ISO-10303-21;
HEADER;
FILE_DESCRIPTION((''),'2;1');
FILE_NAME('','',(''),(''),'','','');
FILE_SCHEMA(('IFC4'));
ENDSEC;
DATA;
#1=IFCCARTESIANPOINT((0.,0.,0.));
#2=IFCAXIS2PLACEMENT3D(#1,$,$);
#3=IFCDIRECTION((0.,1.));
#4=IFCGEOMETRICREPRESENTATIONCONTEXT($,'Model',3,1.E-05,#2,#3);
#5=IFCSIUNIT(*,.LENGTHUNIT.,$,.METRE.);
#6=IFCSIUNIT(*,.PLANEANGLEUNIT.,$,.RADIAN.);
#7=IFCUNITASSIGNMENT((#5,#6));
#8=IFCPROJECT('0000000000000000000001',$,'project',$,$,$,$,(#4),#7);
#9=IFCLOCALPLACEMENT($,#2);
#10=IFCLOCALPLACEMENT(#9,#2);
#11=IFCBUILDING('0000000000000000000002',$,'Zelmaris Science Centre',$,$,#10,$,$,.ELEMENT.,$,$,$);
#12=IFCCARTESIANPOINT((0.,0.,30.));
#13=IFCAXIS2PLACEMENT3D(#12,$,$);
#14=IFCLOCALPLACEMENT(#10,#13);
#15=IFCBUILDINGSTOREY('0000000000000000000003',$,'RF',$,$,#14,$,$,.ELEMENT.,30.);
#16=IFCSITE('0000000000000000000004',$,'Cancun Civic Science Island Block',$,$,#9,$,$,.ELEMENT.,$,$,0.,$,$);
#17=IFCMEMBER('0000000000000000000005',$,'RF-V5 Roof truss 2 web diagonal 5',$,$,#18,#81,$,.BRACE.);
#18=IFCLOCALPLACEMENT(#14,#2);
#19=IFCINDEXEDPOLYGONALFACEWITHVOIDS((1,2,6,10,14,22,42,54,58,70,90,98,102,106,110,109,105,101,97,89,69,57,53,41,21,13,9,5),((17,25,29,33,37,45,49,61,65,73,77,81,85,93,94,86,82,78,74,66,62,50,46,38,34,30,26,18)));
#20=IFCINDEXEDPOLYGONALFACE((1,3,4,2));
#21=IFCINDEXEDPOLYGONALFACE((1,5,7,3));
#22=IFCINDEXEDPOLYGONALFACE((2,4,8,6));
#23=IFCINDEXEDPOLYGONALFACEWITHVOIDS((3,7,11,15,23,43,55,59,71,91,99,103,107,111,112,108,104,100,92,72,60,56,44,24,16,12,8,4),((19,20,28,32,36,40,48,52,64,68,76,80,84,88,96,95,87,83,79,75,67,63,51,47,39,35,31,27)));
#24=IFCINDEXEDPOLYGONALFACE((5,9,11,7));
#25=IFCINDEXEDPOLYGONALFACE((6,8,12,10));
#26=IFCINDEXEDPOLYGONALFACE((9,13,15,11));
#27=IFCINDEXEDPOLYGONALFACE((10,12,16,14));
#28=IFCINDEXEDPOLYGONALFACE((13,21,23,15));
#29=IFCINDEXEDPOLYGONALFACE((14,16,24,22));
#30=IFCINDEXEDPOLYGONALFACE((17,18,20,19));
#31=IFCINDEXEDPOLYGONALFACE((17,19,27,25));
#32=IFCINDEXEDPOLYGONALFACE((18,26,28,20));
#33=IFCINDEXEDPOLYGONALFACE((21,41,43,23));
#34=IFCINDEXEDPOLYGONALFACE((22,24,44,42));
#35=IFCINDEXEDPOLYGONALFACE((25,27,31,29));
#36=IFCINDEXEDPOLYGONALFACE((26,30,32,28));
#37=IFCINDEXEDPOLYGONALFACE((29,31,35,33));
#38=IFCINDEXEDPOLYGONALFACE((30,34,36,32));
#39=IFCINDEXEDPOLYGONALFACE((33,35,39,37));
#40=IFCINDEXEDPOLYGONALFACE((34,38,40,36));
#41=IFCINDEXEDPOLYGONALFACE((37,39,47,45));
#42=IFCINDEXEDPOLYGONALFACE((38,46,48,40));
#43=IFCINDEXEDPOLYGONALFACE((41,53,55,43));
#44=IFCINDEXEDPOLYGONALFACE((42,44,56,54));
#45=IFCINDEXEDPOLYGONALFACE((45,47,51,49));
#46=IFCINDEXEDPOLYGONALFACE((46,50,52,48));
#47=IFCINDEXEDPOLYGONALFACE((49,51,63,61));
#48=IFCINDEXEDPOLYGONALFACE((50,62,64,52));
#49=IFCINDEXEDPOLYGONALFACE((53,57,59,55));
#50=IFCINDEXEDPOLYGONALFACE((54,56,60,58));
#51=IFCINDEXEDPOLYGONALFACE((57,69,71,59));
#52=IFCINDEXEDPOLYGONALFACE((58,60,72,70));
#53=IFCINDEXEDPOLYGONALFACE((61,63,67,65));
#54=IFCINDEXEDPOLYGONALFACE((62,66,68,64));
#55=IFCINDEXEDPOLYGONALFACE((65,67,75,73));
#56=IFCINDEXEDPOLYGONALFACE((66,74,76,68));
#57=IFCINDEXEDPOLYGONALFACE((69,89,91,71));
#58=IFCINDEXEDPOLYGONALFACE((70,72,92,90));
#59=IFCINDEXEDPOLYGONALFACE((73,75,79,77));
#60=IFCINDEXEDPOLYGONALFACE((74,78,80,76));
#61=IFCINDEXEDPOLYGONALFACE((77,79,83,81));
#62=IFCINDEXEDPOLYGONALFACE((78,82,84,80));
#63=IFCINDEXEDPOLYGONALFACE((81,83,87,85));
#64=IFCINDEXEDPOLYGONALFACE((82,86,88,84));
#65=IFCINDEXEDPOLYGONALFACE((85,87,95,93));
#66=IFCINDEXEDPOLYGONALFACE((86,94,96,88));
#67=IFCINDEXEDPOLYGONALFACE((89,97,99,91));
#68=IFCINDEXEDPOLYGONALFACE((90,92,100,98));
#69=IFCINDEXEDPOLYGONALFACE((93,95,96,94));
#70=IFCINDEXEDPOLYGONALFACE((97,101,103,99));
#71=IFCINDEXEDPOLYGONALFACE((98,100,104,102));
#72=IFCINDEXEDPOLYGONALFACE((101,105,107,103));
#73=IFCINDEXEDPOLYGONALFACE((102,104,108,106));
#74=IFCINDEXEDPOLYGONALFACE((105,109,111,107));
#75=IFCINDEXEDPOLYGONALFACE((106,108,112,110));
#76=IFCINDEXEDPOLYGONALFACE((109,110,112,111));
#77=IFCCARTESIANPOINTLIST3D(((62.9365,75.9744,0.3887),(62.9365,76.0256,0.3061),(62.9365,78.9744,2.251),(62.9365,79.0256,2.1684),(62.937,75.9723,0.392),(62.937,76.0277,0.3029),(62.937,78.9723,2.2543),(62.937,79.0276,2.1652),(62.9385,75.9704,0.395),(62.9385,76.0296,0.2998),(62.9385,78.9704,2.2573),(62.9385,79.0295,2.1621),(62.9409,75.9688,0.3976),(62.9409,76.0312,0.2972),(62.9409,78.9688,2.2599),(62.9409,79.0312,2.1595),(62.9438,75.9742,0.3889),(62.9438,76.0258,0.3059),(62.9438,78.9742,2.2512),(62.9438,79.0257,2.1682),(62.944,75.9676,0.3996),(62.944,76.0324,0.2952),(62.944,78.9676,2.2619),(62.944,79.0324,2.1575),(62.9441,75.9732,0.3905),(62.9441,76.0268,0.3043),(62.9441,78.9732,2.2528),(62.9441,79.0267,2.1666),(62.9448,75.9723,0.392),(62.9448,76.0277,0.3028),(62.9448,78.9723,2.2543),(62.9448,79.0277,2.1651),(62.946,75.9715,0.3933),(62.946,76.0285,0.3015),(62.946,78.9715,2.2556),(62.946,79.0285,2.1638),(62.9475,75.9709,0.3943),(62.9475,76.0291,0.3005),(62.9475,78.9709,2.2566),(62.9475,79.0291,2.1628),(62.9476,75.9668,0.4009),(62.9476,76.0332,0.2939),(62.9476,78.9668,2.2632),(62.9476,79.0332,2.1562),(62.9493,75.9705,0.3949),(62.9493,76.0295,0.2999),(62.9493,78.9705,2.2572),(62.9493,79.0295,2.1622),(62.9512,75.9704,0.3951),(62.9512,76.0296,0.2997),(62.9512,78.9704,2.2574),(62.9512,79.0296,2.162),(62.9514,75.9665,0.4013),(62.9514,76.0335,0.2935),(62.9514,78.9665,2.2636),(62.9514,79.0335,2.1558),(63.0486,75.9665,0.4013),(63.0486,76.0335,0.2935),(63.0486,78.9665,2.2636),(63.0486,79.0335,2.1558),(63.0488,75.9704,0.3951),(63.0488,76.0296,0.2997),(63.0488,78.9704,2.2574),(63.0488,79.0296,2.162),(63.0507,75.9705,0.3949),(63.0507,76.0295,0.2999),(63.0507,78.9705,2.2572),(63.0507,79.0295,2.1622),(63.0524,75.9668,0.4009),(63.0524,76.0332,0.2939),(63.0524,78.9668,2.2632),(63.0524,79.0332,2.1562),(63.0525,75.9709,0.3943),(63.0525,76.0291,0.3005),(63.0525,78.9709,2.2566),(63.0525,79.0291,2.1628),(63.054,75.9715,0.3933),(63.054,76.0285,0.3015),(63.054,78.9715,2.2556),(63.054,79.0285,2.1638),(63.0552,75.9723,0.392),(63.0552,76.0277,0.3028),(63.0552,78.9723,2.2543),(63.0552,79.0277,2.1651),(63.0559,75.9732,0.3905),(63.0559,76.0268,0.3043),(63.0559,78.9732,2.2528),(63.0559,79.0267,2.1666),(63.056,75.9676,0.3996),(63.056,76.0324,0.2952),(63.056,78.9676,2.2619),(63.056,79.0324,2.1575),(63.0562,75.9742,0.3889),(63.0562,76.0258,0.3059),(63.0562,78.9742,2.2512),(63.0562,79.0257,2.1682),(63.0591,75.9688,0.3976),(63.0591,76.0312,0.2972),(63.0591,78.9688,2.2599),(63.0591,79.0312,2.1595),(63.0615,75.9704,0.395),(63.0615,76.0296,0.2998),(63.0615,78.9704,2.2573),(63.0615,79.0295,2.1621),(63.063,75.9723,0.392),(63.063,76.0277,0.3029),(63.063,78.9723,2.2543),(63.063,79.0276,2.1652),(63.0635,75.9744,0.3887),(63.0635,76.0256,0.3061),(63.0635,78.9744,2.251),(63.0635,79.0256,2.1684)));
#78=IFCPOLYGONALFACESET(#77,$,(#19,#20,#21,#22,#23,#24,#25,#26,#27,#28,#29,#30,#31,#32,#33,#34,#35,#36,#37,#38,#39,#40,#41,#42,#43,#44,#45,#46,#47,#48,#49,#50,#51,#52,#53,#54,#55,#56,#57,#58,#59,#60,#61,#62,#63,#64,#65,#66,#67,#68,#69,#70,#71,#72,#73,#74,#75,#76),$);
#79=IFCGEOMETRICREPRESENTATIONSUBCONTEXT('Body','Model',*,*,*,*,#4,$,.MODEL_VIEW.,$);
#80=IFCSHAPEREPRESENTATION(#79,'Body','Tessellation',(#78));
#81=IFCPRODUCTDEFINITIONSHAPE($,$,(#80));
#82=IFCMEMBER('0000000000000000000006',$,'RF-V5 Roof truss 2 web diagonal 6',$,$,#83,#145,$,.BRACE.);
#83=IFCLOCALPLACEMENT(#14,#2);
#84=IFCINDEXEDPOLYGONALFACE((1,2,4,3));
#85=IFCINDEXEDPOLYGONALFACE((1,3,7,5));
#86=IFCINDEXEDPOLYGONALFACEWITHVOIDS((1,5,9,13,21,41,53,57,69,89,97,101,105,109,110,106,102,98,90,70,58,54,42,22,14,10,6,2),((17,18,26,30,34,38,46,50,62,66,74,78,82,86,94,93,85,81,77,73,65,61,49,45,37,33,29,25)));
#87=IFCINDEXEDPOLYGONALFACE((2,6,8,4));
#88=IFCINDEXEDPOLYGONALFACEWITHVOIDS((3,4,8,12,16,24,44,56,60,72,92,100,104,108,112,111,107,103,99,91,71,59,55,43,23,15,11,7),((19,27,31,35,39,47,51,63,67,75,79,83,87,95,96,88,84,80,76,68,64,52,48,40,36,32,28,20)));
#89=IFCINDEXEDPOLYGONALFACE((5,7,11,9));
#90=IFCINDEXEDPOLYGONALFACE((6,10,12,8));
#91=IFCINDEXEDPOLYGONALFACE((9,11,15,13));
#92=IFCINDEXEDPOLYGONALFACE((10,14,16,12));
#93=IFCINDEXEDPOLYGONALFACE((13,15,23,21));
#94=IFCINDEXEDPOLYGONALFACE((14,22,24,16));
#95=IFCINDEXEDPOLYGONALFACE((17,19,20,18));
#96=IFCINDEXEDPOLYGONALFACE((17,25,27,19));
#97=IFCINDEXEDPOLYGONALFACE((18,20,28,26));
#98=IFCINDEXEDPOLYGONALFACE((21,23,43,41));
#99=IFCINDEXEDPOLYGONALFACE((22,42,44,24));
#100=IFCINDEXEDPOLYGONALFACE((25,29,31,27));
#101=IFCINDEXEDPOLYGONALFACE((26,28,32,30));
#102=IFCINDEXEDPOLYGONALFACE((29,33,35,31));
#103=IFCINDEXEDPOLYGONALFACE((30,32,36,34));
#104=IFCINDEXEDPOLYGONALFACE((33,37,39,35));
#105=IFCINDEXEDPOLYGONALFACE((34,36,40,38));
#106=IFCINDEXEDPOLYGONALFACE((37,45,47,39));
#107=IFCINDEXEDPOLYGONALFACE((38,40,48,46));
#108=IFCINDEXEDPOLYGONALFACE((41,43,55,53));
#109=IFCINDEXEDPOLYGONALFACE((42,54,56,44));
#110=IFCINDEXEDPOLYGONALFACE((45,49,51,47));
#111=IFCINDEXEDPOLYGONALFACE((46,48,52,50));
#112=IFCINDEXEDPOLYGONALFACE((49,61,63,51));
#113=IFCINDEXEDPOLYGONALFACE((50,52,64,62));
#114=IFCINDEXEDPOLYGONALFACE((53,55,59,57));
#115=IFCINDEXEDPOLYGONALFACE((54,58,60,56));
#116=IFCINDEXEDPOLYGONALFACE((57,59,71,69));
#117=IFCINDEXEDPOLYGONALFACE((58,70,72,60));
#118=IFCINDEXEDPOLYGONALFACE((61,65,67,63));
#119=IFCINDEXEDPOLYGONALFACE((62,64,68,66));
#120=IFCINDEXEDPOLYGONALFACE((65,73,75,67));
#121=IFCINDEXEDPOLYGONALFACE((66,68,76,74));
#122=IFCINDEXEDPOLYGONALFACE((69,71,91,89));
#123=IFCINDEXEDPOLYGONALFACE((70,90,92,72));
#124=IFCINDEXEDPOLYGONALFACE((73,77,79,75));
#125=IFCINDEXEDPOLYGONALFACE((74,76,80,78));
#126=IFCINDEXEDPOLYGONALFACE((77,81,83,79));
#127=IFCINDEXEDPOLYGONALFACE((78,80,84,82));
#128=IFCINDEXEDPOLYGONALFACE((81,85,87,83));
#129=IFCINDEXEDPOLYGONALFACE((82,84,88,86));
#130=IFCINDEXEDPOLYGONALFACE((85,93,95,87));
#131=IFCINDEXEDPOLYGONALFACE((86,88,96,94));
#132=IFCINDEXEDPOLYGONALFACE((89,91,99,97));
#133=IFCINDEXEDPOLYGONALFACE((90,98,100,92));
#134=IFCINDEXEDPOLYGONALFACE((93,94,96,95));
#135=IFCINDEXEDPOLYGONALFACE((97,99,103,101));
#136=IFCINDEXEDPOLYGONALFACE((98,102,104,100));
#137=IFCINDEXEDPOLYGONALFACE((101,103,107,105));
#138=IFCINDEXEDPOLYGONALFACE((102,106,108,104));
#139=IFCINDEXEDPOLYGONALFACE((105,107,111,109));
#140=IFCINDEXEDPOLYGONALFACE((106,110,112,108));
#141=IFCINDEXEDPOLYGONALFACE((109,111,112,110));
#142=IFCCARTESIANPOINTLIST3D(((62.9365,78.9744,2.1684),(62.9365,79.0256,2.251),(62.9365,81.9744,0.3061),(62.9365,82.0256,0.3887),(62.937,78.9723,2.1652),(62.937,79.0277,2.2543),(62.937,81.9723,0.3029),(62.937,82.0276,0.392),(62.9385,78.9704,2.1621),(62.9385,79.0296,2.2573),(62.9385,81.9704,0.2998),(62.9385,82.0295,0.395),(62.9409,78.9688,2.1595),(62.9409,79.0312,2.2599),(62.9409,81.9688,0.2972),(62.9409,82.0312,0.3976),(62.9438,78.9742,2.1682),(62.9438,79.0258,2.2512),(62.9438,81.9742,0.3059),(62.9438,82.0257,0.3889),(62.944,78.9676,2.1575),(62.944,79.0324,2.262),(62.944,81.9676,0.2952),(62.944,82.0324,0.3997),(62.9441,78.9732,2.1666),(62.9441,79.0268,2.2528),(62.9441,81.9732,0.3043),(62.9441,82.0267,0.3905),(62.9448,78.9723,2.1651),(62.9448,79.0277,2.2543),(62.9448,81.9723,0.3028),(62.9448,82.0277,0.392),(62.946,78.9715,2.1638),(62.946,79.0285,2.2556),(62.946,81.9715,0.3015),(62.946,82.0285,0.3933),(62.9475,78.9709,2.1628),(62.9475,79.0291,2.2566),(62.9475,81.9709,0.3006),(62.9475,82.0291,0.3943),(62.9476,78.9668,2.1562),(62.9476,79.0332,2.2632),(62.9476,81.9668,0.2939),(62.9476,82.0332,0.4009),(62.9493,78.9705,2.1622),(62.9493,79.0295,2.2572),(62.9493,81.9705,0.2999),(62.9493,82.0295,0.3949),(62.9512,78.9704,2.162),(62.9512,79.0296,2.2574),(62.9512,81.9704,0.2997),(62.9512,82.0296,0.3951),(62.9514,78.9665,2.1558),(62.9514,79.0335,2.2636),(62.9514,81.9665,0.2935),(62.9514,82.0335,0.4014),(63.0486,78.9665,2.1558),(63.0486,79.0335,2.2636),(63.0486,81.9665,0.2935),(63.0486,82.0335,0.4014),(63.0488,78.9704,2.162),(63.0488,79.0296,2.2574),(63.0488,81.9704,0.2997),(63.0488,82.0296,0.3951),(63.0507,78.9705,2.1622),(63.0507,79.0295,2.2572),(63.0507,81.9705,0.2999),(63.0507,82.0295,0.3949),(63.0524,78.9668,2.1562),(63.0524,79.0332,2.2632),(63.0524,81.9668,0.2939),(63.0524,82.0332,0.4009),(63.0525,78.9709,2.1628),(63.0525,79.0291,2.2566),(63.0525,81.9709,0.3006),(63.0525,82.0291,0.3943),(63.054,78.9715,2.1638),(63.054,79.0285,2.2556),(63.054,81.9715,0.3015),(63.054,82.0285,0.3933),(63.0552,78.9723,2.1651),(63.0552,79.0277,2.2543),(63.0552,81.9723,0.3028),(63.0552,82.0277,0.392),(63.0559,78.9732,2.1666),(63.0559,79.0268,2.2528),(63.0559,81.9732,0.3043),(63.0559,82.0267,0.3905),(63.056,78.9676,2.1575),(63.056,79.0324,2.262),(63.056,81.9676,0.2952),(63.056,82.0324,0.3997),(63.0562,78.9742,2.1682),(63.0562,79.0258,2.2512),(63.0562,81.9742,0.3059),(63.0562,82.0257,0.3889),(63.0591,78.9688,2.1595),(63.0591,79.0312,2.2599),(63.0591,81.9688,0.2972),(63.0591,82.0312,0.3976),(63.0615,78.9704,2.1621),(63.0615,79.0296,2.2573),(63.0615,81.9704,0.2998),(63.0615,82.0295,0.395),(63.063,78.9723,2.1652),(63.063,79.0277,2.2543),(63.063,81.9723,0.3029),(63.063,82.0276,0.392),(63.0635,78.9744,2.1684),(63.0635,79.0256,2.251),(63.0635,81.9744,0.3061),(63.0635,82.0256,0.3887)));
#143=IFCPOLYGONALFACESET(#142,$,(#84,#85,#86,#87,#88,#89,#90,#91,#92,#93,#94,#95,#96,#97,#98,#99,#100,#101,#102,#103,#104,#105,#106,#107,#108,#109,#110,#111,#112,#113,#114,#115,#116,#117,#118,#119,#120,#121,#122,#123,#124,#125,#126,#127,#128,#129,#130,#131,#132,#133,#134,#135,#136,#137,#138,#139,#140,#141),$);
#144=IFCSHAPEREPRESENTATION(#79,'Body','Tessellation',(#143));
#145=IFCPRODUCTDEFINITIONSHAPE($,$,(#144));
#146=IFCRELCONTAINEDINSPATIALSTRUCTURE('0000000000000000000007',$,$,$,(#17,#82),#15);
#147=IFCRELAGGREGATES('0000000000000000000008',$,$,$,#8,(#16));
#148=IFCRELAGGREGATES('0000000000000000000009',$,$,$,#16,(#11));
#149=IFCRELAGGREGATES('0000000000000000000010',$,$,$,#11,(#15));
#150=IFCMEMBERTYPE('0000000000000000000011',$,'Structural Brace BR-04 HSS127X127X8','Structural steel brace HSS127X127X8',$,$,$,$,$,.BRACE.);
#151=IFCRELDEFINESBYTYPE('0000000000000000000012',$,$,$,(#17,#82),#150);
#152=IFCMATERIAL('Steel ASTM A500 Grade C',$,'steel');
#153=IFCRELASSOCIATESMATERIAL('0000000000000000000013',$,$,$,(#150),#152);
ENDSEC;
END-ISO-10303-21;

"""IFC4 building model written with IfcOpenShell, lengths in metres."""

from ifc_helpers import new_model, si_unit, direction, frame, origin, origin_2d, place, context, subcontext, project, spatial, hollow_rectangle, extrude, material, material_profile, profile_set, type_object, element, save


model = new_model("IFC4")

# Units and contexts
model_context = context("Model", 3, precision=1e-05, world=origin(), true_north=direction((0.0, 1.0)))
body_context = subcontext(model_context, "Body", "Model", "MODEL_VIEW")
ifc_project = project(units=[si_unit("LENGTHUNIT", "METRE"), si_unit("PLANEANGLEUNIT", "RADIAN")], contexts=[model_context])

# Site, building, storey
site_placement = place(None, origin())
site = spatial("IfcSite", under=ifc_project, at=site_placement, Name="Cancun Civic Science Island Block", CompositionType="ELEMENT", RefElevation=0.0)
building_placement = place(site_placement, origin())
building = spatial("IfcBuilding", under=site, at=building_placement, Name="Zelmaris Science Centre", CompositionType="ELEMENT")
storey_placement = place(building_placement, frame((0.0, 0.0, 30.0)))
storey = spatial("IfcBuildingStorey", under=building, at=storey_placement, Name="RF", CompositionType="ELEMENT", Elevation=30.0)

# Shared definitions
ifc_material = material(Name="Steel ASTM A500 Grade C", Category="steel")

# Members
ifc_material_profile_1 = material_profile(ifc_material, hollow_rectangle(XDim=0.127, YDim=0.127, WallThickness=0.0073, InnerFilletRadius=0.0073, OuterFilletRadius=0.0149, at=origin_2d()), Name="HSS127X127X8")
ifc_profile_set_1 = profile_set([ifc_material_profile_1], Name="Steel ASTM A500 Grade C")
member_type_1 = type_object("IfcMemberType", Name="Structural Brace BR-04 HSS127X127X8", Description="Structural steel brace HSS127X127X8", PredefinedType="BRACE", material=ifc_profile_set_1)
for number, where, z_axis, x_axis, name in (
    (1, (63.0, 76.0, 0.3474), (0.0, 0.84961, 0.527411), (-1.0, 0.0, 0.0), "RF-V5 Roof truss 2 web diagonal 5"),
    (2, (63.0, 79.0, 2.2097), (0.0, 0.84961, -0.527411), (-1.0, 0.0, 0.0), "RF-V5 Roof truss 2 web diagonal 6"),
):
    element("IfcMember", number, at=place(storey_placement, frame(where, z_axis=z_axis, x_axis=x_axis)), inside=storey, type_object=member_type_1, Name=name, PredefinedType="BRACE", context=body_context, shape_type="SweptSolid", body=[
        extrude(hollow_rectangle(XDim=0.127, YDim=0.127, WallThickness=0.0073, InnerFilletRadius=0.0073, OuterFilletRadius=0.0149, at=origin_2d()), origin(), (0.0, 0.0, 1.0), 3.531),
    ])

save(model, "model.ifc")
